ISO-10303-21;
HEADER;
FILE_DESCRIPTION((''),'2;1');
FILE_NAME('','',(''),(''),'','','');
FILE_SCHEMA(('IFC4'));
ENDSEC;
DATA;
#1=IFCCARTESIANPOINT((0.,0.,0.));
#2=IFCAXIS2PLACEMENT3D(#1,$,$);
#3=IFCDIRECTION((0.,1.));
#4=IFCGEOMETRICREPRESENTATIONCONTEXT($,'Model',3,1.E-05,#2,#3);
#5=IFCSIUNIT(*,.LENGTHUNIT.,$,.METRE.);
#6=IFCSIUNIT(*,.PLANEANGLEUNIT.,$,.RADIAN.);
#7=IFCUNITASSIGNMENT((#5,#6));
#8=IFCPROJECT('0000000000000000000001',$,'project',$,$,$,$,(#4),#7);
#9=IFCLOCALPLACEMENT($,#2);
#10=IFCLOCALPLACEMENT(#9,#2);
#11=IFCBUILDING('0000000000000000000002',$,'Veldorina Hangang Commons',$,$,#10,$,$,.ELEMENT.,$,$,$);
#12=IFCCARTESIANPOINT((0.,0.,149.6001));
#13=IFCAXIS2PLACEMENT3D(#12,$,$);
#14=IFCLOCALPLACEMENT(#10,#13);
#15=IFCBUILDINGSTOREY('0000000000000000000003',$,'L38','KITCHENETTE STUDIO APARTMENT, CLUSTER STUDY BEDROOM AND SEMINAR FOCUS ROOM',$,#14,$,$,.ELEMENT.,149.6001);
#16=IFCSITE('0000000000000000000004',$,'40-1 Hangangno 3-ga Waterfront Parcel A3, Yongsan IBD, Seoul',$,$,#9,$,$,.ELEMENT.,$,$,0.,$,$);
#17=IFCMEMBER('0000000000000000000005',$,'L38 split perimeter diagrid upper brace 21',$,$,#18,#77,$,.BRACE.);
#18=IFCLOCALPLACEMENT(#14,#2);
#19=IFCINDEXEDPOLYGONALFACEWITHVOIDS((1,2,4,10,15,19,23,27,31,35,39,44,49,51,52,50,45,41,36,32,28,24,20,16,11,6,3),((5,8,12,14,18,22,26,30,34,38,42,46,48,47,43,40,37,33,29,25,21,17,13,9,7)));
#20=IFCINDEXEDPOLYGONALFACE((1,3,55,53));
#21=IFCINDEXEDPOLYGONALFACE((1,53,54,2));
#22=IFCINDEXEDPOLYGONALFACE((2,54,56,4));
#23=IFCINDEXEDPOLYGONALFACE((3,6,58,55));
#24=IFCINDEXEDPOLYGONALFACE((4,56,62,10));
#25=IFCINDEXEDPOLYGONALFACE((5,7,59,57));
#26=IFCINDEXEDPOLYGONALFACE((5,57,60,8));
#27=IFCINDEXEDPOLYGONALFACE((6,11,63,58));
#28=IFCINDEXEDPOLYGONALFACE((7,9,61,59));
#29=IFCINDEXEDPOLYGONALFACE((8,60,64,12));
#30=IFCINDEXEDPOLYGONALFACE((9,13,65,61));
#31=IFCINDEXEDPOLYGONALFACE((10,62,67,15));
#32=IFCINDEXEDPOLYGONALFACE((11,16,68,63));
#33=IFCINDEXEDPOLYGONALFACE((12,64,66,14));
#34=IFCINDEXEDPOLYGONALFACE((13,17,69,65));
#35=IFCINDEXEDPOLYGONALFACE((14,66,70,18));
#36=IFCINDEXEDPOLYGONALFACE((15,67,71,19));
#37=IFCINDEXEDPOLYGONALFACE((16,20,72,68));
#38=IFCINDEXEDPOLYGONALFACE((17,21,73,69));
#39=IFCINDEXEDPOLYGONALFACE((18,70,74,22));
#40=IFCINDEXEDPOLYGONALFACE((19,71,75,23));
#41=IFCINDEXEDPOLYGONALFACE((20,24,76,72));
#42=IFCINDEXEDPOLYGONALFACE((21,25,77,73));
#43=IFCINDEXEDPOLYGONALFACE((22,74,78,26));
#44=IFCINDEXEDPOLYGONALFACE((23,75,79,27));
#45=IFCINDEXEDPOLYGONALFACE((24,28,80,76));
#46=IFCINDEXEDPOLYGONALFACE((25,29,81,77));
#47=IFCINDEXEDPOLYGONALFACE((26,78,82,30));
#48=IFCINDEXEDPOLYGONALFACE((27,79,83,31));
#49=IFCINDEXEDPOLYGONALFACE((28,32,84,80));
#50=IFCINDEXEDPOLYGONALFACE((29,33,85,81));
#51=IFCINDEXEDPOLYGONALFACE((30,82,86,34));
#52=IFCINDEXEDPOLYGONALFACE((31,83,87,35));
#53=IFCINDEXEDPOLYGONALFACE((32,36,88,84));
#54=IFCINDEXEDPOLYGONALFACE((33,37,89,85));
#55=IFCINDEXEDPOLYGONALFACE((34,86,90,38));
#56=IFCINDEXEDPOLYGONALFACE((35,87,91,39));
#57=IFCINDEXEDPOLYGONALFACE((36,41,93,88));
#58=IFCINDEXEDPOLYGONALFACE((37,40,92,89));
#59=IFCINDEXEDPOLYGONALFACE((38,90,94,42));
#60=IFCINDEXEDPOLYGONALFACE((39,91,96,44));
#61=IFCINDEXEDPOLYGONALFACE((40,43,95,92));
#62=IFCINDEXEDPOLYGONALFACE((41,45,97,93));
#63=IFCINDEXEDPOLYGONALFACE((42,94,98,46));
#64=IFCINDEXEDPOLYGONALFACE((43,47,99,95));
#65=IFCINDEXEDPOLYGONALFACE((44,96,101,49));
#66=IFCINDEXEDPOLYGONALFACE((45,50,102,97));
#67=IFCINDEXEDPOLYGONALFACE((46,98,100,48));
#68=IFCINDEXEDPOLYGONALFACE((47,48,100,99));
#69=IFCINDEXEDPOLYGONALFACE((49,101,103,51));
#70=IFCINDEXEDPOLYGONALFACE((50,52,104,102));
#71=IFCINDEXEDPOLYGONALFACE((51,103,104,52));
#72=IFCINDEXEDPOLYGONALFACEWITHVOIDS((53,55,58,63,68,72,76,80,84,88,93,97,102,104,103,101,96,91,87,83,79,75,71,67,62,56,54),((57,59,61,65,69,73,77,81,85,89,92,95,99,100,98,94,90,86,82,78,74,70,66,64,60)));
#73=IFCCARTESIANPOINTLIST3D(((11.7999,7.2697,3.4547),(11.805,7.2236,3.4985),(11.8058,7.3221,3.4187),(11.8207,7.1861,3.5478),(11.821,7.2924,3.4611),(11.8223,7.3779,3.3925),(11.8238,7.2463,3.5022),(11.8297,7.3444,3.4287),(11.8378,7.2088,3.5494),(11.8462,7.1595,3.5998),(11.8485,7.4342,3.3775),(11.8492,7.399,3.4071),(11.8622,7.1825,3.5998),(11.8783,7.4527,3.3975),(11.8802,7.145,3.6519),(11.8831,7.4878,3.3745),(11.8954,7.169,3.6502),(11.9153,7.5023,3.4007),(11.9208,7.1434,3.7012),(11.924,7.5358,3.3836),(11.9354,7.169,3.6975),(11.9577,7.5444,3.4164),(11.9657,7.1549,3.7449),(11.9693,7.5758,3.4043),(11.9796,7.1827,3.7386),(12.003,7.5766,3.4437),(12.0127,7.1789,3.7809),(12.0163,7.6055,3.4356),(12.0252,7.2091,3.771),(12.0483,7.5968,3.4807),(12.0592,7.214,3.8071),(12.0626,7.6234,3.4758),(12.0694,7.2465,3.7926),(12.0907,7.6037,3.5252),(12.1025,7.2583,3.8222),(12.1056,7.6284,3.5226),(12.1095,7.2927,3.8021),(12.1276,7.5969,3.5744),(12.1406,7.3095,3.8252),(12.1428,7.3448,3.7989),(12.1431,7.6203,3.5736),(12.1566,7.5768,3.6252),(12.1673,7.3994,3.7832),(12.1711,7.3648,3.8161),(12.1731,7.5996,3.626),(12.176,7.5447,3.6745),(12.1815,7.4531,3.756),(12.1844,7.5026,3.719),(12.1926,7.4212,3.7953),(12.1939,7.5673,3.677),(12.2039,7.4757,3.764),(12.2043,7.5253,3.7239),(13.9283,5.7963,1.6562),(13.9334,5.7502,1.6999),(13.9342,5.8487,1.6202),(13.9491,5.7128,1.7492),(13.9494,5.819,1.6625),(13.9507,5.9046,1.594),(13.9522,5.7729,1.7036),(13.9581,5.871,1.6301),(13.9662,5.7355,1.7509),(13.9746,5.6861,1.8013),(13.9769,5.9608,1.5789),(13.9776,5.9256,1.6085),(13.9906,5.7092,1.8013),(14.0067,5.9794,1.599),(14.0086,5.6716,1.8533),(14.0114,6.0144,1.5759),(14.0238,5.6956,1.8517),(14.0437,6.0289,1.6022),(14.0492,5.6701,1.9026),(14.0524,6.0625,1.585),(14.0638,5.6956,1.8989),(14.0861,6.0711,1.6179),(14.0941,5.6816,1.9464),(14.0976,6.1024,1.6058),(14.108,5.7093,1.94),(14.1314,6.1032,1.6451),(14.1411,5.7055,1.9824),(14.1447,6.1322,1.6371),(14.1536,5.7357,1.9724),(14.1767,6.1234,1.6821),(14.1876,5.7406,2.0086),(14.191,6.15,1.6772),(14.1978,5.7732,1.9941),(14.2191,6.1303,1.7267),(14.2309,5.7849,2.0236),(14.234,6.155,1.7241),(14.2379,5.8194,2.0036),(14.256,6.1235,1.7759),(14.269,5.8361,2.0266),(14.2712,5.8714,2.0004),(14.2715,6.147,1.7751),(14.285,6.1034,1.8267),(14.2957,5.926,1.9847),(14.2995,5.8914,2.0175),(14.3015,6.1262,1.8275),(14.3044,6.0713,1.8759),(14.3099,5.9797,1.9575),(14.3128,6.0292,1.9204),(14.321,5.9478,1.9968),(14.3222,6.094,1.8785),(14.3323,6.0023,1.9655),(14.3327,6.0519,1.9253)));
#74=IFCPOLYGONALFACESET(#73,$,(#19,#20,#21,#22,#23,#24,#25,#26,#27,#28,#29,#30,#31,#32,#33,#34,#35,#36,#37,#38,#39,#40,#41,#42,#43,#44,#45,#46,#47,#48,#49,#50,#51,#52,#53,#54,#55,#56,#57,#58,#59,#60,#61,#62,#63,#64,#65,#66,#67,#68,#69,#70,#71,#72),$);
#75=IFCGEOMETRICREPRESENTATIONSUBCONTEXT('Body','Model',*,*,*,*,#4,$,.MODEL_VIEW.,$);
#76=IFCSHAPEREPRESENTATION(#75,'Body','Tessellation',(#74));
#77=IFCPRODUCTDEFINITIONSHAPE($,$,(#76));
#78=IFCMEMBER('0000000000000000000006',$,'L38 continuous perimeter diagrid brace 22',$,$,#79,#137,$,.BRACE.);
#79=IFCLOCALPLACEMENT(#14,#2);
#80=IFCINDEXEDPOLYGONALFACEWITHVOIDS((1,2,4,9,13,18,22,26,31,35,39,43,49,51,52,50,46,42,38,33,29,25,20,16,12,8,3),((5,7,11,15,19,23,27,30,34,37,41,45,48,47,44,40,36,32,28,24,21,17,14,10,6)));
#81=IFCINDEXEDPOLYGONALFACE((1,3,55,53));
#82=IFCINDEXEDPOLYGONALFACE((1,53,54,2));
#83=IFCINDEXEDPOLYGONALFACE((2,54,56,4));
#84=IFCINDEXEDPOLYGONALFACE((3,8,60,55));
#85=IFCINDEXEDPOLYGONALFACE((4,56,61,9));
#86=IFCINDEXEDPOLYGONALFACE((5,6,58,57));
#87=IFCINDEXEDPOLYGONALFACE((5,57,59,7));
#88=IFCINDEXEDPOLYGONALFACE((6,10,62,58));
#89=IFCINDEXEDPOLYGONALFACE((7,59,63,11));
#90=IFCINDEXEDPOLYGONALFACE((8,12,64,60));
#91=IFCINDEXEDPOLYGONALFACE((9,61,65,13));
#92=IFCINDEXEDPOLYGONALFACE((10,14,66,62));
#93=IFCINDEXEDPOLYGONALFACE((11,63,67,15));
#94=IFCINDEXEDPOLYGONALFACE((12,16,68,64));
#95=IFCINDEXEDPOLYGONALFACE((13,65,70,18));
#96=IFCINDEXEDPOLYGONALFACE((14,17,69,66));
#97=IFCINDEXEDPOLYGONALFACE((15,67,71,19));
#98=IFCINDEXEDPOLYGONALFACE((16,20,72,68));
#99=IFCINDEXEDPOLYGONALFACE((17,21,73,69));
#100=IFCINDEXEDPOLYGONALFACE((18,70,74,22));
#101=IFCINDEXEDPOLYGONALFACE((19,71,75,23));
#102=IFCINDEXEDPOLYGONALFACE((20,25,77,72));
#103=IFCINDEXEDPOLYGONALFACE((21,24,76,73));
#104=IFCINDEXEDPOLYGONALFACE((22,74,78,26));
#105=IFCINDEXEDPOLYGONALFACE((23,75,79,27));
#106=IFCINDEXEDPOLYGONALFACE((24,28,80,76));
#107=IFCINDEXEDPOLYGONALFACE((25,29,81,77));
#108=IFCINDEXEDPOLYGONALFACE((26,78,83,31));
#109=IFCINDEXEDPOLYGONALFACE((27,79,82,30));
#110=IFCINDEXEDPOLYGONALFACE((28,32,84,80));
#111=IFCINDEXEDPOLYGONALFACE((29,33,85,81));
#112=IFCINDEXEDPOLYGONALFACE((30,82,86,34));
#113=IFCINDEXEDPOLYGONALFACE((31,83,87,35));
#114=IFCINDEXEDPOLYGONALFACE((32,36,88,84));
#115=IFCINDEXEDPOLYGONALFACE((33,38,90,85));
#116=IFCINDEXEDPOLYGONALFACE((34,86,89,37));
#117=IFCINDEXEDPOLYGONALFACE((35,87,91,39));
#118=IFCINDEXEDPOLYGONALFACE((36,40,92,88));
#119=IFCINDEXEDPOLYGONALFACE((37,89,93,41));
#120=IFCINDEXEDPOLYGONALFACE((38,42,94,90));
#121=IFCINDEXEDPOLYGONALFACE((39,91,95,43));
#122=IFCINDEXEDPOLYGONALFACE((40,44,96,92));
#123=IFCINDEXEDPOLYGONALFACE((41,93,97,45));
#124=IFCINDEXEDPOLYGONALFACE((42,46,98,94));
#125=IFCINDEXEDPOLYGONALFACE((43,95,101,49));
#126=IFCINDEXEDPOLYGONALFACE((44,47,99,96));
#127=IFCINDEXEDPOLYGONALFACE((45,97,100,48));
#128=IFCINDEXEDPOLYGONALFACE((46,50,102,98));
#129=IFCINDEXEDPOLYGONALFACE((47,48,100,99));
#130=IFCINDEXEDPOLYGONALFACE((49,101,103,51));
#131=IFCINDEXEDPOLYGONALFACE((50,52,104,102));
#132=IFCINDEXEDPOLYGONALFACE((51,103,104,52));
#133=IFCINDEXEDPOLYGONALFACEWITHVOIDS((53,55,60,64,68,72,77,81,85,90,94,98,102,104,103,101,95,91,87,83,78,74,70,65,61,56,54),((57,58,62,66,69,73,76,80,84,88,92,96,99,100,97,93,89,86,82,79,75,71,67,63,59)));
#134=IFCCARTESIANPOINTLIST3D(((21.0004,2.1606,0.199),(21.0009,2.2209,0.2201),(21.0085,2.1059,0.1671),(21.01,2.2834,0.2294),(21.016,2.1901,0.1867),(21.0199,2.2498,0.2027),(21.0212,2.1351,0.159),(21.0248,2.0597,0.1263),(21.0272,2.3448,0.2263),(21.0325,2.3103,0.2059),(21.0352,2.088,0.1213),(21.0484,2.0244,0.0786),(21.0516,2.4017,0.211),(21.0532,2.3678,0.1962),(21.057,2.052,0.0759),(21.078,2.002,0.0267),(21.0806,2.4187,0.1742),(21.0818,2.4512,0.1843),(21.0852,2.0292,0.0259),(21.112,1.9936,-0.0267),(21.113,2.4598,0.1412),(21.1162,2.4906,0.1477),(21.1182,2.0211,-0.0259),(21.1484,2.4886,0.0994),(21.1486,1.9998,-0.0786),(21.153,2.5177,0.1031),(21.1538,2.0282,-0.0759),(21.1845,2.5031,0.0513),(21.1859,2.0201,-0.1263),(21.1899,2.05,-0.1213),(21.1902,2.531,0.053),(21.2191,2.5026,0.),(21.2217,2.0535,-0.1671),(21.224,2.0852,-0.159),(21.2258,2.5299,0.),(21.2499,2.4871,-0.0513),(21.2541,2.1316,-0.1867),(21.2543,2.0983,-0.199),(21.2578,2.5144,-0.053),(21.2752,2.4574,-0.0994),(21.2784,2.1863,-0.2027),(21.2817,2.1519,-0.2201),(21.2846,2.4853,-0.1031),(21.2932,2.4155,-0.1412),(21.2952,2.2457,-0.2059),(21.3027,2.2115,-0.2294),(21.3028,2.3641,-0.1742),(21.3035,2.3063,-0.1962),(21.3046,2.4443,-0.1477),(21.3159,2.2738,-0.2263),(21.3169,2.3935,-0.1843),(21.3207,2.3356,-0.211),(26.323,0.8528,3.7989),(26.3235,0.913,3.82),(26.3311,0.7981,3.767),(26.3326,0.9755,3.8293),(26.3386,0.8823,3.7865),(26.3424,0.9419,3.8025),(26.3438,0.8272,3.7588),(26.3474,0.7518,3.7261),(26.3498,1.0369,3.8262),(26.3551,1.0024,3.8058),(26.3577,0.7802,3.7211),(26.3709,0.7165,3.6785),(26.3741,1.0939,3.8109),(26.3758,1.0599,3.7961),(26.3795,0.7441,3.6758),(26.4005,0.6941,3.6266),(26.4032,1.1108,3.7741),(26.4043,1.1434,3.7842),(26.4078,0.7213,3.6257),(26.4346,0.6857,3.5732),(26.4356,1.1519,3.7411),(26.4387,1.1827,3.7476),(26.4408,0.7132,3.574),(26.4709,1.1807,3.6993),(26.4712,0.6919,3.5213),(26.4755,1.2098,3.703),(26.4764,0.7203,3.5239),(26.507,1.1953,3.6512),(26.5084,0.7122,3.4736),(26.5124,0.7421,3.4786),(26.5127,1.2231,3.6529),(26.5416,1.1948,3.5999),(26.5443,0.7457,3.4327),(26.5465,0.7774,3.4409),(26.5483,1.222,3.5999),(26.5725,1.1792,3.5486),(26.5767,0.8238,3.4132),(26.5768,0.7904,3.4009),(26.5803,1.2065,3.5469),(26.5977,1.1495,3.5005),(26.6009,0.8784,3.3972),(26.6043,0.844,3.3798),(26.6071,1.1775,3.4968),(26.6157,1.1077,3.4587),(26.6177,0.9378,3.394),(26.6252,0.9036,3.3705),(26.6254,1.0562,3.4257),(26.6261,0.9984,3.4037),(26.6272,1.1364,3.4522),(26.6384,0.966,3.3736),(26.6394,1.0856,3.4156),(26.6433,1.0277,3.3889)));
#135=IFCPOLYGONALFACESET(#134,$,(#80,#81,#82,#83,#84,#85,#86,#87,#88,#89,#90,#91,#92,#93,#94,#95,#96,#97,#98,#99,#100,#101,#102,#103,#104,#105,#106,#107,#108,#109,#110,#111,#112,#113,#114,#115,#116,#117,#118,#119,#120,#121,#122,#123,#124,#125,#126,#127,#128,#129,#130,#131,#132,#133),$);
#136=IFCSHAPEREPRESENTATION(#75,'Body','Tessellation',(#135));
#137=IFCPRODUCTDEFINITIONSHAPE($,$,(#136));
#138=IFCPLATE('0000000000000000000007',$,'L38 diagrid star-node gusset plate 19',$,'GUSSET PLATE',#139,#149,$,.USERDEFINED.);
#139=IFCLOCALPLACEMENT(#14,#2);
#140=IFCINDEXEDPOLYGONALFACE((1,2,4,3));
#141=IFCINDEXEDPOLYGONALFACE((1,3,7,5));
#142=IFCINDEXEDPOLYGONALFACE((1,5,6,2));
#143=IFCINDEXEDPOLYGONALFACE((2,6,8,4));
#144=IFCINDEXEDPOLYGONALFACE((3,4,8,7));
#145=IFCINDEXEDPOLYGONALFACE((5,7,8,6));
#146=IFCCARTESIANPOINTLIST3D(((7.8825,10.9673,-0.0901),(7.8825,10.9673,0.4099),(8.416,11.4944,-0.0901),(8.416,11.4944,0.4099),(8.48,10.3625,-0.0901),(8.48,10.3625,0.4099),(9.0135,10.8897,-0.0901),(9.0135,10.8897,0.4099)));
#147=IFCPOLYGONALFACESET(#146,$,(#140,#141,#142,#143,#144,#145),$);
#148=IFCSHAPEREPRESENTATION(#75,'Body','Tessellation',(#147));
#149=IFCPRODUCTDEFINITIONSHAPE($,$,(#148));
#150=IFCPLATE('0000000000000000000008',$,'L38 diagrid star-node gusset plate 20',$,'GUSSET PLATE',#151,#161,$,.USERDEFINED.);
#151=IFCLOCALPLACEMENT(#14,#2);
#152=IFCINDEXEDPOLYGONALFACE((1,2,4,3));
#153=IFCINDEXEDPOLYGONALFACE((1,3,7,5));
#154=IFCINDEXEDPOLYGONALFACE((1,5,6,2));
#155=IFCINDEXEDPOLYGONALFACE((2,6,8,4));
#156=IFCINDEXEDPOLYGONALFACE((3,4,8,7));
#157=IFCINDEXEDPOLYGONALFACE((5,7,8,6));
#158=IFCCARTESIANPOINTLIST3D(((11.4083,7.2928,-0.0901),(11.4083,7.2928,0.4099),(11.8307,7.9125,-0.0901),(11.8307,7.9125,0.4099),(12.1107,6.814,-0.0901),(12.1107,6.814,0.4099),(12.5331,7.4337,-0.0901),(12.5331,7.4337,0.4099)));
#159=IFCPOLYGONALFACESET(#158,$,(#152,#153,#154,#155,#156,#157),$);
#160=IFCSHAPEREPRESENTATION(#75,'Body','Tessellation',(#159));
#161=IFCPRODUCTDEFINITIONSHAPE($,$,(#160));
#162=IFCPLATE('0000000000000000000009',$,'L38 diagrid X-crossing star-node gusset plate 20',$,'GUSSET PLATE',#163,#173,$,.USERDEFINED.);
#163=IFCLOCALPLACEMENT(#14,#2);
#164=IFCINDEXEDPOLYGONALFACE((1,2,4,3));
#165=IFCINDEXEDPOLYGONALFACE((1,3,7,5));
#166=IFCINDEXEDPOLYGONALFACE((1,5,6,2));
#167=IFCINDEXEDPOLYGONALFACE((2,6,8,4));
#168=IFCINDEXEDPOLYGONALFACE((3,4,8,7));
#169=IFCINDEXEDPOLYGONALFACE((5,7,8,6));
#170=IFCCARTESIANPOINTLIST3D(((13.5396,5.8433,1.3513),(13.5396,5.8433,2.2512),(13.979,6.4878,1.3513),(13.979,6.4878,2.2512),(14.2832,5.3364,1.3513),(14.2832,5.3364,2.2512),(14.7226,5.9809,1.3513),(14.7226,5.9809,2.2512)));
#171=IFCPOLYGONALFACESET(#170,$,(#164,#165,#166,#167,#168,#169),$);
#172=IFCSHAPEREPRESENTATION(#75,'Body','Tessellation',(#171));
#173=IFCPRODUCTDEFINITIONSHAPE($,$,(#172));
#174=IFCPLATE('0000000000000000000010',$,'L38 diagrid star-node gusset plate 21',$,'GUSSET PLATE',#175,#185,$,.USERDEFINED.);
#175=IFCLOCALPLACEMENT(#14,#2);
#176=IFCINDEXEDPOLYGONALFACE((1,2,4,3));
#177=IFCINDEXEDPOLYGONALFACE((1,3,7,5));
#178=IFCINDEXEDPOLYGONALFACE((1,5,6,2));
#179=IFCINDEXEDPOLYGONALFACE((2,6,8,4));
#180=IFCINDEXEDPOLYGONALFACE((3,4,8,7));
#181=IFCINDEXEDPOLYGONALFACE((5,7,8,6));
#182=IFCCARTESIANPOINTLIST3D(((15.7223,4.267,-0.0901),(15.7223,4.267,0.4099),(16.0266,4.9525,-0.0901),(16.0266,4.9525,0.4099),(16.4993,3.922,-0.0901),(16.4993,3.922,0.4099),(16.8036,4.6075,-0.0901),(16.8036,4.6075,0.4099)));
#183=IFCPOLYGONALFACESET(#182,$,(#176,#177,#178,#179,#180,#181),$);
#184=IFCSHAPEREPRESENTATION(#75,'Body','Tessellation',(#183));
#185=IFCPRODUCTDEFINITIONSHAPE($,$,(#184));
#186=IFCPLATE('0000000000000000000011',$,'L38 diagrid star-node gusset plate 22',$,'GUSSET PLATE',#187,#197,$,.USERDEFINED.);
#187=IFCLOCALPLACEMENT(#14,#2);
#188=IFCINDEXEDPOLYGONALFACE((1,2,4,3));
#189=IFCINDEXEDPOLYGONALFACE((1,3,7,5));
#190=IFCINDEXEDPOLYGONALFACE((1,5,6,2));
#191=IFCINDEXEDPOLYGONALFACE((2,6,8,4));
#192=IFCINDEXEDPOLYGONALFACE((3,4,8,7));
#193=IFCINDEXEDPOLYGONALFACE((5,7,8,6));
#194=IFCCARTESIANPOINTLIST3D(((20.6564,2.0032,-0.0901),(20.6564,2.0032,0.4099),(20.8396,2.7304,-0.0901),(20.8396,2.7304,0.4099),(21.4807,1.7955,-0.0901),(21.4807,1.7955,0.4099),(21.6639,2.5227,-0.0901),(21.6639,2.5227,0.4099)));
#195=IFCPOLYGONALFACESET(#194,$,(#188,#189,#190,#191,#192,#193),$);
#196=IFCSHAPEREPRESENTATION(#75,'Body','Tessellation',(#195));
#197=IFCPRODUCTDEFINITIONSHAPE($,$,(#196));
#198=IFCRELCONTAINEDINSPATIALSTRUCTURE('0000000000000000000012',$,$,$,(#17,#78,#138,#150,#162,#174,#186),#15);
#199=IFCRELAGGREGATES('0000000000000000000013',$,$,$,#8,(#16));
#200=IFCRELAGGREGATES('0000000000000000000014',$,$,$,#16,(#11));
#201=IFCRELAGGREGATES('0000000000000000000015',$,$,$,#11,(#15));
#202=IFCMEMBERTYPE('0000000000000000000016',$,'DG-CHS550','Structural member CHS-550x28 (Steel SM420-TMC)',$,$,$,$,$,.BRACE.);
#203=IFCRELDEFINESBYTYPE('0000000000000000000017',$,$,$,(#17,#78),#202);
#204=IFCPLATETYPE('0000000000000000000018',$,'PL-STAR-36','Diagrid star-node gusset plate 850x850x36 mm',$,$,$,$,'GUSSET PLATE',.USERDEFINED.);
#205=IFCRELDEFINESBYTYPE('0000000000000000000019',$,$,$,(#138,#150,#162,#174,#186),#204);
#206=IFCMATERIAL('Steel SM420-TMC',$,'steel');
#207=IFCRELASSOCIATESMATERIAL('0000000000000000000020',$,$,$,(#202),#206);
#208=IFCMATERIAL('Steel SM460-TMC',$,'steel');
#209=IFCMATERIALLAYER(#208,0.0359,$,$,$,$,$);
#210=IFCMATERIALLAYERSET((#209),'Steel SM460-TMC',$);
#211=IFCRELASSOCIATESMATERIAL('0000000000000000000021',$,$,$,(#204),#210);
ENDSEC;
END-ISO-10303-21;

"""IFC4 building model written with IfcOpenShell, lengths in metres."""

from ifc_helpers import new_model, si_unit, direction, frame, origin, origin_2d, place, context, subcontext, project, spatial, rectangle, hollow_circle, extrude, material, layer, layer_set, material_profile, profile_set, type_object, element, save


model = new_model("IFC4")

# Units and contexts
model_context = context("Model", 3, precision=1e-05, world=origin(), true_north=direction((0.0, 1.0)))
body_context = subcontext(model_context, "Body", "Model", "MODEL_VIEW")
ifc_project = project(units=[si_unit("LENGTHUNIT", "METRE"), si_unit("PLANEANGLEUNIT", "RADIAN")], contexts=[model_context])

# Site, building, storey
site_placement = place(None, origin())
site = spatial("IfcSite", under=ifc_project, at=site_placement, Name="40-1 Hangangno 3-ga Waterfront Parcel A3, Yongsan IBD, Seoul", CompositionType="ELEMENT", RefElevation=0.0)
building_placement = place(site_placement, origin())
building = spatial("IfcBuilding", under=site, at=building_placement, Name="Veldorina Hangang Commons", CompositionType="ELEMENT")
storey_placement = place(building_placement, frame((0.0, 0.0, 149.6001)))
storey = spatial("IfcBuildingStorey", under=building, at=storey_placement, Name="L38", Description="KITCHENETTE STUDIO APARTMENT, CLUSTER STUDY BEDROOM AND SEMINAR FOCUS ROOM", CompositionType="ELEMENT", Elevation=149.6001)

# Shared definitions
ifc_material_1 = material(Name="Steel SM420-TMC", Category="steel")

# Members
ifc_material_profile_1 = material_profile(ifc_material_1, hollow_circle(Radius=0.2749, WallThickness=0.0281, at=origin_2d()), Name="CHS-550x28")
ifc_profile_set_1 = profile_set([ifc_material_profile_1], Name="Steel SM420-TMC")
member_type = type_object("IfcMemberType", Name="DG-CHS550", Description="Structural member CHS-550x28 (Steel SM420-TMC)", PredefinedType="BRACE", material=ifc_profile_set_1)
member_1_placement = place(storey_placement, frame((14.1311, 5.9121, 1.8013), z_axis=(-0.675231, 0.467426, 0.570593), x_axis=(-0.569176, -0.822216, 0.0)))
element("IfcMember", 1, at=member_1_placement, inside=storey, type_object=member_type, Name="L38 split perimeter diagrid upper brace 21", PredefinedType="BRACE", context=body_context, shape_type="SweptSolid", body=[
    extrude(hollow_circle(Radius=0.2749, WallThickness=0.0281, at=origin_2d()), origin(), (0.0, 0.0, 1.0), 3.1521),
])
member_2_placement = place(storey_placement, frame((21.1602, 2.2629, 0.0), z_axis=(0.811689, -0.19945, 0.548982), x_axis=(0.238624, 0.971112, 0.0)))
element("IfcMember", 2, at=member_2_placement, inside=storey, type_object=member_type, Name="L38 continuous perimeter diagrid brace 22", PredefinedType="BRACE", context=body_context, shape_type="SweptSolid", body=[
    extrude(hollow_circle(Radius=0.2749, WallThickness=0.0281, at=origin_2d()), origin(), (0.0, 0.0, 1.0), 6.5574),
])

# Plates
ifc_material_2 = material(Name="Steel SM460-TMC", Category="steel")
ifc_layer_1 = layer(ifc_material_2, 0.0359)
ifc_layer_set_1 = layer_set([ifc_layer_1], Name="Steel SM460-TMC")
plate_type = type_object("IfcPlateType", Name="PL-STAR-36", Description="Diagrid star-node gusset plate 850x850x36 mm", ElementType="GUSSET PLATE", PredefinedType="USERDEFINED", material=ifc_layer_set_1)
for number, where, z_axis, x_axis, name in (
    (3, (8.448, 10.9285, -0.0901), (0.0, 0.0, 1.0), (0.702836, -0.711352, 0.0), "L38 diagrid star-node gusset plate 19"),
    (4, (11.9707, 7.3633, -0.0901), (0.0, 0.0, 1.0), (0.826285, -0.563252, 0.0), "L38 diagrid star-node gusset plate 20"),
):
    element("IfcPlate", number, at=place(storey_placement, frame(where, z_axis=z_axis, x_axis=x_axis)), inside=storey, type_object=plate_type, Name=name, ObjectType="GUSSET PLATE", PredefinedType="USERDEFINED", context=body_context, shape_type="SweptSolid", body=[
        extrude(rectangle(XDim=0.8501, YDim=0.75, at=origin_2d()), origin(), (0.0, 0.0, 1.0), 0.5),
    ])
plate_placement = place(storey_placement, frame((14.1311, 5.9121, 1.3513), z_axis=(0.0, 0.0, 1.0), x_axis=(0.826285, -0.563252, 0.0)))
element("IfcPlate", 5, at=plate_placement, inside=storey, type_object=plate_type, Name="L38 diagrid X-crossing star-node gusset plate 20", ObjectType="GUSSET PLATE", PredefinedType="USERDEFINED", context=body_context, shape_type="SweptSolid", body=[
    extrude(rectangle(XDim=0.8999, YDim=0.78, at=origin_2d()), origin(), (0.0, 0.0, 1.0), 0.8999),
])
for number, where, z_axis, x_axis, name in (
    (6, (16.2629, 4.4373, -0.0901), (0.0, 0.0, 1.0), (0.913971, -0.40578, 0.0), "L38 diagrid star-node gusset plate 21"),
    (7, (21.1602, 2.2629, -0.0901), (0.0, 0.0, 1.0), (0.969693, -0.244326, 0.0), "L38 diagrid star-node gusset plate 22"),
):
    element("IfcPlate", number, at=place(storey_placement, frame(where, z_axis=z_axis, x_axis=x_axis)), inside=storey, type_object=plate_type, Name=name, ObjectType="GUSSET PLATE", PredefinedType="USERDEFINED", context=body_context, shape_type="SweptSolid", body=[
        extrude(rectangle(XDim=0.8501, YDim=0.75, at=origin_2d()), origin(), (0.0, 0.0, 1.0), 0.5),
    ])

save(model, "model.ifc")
